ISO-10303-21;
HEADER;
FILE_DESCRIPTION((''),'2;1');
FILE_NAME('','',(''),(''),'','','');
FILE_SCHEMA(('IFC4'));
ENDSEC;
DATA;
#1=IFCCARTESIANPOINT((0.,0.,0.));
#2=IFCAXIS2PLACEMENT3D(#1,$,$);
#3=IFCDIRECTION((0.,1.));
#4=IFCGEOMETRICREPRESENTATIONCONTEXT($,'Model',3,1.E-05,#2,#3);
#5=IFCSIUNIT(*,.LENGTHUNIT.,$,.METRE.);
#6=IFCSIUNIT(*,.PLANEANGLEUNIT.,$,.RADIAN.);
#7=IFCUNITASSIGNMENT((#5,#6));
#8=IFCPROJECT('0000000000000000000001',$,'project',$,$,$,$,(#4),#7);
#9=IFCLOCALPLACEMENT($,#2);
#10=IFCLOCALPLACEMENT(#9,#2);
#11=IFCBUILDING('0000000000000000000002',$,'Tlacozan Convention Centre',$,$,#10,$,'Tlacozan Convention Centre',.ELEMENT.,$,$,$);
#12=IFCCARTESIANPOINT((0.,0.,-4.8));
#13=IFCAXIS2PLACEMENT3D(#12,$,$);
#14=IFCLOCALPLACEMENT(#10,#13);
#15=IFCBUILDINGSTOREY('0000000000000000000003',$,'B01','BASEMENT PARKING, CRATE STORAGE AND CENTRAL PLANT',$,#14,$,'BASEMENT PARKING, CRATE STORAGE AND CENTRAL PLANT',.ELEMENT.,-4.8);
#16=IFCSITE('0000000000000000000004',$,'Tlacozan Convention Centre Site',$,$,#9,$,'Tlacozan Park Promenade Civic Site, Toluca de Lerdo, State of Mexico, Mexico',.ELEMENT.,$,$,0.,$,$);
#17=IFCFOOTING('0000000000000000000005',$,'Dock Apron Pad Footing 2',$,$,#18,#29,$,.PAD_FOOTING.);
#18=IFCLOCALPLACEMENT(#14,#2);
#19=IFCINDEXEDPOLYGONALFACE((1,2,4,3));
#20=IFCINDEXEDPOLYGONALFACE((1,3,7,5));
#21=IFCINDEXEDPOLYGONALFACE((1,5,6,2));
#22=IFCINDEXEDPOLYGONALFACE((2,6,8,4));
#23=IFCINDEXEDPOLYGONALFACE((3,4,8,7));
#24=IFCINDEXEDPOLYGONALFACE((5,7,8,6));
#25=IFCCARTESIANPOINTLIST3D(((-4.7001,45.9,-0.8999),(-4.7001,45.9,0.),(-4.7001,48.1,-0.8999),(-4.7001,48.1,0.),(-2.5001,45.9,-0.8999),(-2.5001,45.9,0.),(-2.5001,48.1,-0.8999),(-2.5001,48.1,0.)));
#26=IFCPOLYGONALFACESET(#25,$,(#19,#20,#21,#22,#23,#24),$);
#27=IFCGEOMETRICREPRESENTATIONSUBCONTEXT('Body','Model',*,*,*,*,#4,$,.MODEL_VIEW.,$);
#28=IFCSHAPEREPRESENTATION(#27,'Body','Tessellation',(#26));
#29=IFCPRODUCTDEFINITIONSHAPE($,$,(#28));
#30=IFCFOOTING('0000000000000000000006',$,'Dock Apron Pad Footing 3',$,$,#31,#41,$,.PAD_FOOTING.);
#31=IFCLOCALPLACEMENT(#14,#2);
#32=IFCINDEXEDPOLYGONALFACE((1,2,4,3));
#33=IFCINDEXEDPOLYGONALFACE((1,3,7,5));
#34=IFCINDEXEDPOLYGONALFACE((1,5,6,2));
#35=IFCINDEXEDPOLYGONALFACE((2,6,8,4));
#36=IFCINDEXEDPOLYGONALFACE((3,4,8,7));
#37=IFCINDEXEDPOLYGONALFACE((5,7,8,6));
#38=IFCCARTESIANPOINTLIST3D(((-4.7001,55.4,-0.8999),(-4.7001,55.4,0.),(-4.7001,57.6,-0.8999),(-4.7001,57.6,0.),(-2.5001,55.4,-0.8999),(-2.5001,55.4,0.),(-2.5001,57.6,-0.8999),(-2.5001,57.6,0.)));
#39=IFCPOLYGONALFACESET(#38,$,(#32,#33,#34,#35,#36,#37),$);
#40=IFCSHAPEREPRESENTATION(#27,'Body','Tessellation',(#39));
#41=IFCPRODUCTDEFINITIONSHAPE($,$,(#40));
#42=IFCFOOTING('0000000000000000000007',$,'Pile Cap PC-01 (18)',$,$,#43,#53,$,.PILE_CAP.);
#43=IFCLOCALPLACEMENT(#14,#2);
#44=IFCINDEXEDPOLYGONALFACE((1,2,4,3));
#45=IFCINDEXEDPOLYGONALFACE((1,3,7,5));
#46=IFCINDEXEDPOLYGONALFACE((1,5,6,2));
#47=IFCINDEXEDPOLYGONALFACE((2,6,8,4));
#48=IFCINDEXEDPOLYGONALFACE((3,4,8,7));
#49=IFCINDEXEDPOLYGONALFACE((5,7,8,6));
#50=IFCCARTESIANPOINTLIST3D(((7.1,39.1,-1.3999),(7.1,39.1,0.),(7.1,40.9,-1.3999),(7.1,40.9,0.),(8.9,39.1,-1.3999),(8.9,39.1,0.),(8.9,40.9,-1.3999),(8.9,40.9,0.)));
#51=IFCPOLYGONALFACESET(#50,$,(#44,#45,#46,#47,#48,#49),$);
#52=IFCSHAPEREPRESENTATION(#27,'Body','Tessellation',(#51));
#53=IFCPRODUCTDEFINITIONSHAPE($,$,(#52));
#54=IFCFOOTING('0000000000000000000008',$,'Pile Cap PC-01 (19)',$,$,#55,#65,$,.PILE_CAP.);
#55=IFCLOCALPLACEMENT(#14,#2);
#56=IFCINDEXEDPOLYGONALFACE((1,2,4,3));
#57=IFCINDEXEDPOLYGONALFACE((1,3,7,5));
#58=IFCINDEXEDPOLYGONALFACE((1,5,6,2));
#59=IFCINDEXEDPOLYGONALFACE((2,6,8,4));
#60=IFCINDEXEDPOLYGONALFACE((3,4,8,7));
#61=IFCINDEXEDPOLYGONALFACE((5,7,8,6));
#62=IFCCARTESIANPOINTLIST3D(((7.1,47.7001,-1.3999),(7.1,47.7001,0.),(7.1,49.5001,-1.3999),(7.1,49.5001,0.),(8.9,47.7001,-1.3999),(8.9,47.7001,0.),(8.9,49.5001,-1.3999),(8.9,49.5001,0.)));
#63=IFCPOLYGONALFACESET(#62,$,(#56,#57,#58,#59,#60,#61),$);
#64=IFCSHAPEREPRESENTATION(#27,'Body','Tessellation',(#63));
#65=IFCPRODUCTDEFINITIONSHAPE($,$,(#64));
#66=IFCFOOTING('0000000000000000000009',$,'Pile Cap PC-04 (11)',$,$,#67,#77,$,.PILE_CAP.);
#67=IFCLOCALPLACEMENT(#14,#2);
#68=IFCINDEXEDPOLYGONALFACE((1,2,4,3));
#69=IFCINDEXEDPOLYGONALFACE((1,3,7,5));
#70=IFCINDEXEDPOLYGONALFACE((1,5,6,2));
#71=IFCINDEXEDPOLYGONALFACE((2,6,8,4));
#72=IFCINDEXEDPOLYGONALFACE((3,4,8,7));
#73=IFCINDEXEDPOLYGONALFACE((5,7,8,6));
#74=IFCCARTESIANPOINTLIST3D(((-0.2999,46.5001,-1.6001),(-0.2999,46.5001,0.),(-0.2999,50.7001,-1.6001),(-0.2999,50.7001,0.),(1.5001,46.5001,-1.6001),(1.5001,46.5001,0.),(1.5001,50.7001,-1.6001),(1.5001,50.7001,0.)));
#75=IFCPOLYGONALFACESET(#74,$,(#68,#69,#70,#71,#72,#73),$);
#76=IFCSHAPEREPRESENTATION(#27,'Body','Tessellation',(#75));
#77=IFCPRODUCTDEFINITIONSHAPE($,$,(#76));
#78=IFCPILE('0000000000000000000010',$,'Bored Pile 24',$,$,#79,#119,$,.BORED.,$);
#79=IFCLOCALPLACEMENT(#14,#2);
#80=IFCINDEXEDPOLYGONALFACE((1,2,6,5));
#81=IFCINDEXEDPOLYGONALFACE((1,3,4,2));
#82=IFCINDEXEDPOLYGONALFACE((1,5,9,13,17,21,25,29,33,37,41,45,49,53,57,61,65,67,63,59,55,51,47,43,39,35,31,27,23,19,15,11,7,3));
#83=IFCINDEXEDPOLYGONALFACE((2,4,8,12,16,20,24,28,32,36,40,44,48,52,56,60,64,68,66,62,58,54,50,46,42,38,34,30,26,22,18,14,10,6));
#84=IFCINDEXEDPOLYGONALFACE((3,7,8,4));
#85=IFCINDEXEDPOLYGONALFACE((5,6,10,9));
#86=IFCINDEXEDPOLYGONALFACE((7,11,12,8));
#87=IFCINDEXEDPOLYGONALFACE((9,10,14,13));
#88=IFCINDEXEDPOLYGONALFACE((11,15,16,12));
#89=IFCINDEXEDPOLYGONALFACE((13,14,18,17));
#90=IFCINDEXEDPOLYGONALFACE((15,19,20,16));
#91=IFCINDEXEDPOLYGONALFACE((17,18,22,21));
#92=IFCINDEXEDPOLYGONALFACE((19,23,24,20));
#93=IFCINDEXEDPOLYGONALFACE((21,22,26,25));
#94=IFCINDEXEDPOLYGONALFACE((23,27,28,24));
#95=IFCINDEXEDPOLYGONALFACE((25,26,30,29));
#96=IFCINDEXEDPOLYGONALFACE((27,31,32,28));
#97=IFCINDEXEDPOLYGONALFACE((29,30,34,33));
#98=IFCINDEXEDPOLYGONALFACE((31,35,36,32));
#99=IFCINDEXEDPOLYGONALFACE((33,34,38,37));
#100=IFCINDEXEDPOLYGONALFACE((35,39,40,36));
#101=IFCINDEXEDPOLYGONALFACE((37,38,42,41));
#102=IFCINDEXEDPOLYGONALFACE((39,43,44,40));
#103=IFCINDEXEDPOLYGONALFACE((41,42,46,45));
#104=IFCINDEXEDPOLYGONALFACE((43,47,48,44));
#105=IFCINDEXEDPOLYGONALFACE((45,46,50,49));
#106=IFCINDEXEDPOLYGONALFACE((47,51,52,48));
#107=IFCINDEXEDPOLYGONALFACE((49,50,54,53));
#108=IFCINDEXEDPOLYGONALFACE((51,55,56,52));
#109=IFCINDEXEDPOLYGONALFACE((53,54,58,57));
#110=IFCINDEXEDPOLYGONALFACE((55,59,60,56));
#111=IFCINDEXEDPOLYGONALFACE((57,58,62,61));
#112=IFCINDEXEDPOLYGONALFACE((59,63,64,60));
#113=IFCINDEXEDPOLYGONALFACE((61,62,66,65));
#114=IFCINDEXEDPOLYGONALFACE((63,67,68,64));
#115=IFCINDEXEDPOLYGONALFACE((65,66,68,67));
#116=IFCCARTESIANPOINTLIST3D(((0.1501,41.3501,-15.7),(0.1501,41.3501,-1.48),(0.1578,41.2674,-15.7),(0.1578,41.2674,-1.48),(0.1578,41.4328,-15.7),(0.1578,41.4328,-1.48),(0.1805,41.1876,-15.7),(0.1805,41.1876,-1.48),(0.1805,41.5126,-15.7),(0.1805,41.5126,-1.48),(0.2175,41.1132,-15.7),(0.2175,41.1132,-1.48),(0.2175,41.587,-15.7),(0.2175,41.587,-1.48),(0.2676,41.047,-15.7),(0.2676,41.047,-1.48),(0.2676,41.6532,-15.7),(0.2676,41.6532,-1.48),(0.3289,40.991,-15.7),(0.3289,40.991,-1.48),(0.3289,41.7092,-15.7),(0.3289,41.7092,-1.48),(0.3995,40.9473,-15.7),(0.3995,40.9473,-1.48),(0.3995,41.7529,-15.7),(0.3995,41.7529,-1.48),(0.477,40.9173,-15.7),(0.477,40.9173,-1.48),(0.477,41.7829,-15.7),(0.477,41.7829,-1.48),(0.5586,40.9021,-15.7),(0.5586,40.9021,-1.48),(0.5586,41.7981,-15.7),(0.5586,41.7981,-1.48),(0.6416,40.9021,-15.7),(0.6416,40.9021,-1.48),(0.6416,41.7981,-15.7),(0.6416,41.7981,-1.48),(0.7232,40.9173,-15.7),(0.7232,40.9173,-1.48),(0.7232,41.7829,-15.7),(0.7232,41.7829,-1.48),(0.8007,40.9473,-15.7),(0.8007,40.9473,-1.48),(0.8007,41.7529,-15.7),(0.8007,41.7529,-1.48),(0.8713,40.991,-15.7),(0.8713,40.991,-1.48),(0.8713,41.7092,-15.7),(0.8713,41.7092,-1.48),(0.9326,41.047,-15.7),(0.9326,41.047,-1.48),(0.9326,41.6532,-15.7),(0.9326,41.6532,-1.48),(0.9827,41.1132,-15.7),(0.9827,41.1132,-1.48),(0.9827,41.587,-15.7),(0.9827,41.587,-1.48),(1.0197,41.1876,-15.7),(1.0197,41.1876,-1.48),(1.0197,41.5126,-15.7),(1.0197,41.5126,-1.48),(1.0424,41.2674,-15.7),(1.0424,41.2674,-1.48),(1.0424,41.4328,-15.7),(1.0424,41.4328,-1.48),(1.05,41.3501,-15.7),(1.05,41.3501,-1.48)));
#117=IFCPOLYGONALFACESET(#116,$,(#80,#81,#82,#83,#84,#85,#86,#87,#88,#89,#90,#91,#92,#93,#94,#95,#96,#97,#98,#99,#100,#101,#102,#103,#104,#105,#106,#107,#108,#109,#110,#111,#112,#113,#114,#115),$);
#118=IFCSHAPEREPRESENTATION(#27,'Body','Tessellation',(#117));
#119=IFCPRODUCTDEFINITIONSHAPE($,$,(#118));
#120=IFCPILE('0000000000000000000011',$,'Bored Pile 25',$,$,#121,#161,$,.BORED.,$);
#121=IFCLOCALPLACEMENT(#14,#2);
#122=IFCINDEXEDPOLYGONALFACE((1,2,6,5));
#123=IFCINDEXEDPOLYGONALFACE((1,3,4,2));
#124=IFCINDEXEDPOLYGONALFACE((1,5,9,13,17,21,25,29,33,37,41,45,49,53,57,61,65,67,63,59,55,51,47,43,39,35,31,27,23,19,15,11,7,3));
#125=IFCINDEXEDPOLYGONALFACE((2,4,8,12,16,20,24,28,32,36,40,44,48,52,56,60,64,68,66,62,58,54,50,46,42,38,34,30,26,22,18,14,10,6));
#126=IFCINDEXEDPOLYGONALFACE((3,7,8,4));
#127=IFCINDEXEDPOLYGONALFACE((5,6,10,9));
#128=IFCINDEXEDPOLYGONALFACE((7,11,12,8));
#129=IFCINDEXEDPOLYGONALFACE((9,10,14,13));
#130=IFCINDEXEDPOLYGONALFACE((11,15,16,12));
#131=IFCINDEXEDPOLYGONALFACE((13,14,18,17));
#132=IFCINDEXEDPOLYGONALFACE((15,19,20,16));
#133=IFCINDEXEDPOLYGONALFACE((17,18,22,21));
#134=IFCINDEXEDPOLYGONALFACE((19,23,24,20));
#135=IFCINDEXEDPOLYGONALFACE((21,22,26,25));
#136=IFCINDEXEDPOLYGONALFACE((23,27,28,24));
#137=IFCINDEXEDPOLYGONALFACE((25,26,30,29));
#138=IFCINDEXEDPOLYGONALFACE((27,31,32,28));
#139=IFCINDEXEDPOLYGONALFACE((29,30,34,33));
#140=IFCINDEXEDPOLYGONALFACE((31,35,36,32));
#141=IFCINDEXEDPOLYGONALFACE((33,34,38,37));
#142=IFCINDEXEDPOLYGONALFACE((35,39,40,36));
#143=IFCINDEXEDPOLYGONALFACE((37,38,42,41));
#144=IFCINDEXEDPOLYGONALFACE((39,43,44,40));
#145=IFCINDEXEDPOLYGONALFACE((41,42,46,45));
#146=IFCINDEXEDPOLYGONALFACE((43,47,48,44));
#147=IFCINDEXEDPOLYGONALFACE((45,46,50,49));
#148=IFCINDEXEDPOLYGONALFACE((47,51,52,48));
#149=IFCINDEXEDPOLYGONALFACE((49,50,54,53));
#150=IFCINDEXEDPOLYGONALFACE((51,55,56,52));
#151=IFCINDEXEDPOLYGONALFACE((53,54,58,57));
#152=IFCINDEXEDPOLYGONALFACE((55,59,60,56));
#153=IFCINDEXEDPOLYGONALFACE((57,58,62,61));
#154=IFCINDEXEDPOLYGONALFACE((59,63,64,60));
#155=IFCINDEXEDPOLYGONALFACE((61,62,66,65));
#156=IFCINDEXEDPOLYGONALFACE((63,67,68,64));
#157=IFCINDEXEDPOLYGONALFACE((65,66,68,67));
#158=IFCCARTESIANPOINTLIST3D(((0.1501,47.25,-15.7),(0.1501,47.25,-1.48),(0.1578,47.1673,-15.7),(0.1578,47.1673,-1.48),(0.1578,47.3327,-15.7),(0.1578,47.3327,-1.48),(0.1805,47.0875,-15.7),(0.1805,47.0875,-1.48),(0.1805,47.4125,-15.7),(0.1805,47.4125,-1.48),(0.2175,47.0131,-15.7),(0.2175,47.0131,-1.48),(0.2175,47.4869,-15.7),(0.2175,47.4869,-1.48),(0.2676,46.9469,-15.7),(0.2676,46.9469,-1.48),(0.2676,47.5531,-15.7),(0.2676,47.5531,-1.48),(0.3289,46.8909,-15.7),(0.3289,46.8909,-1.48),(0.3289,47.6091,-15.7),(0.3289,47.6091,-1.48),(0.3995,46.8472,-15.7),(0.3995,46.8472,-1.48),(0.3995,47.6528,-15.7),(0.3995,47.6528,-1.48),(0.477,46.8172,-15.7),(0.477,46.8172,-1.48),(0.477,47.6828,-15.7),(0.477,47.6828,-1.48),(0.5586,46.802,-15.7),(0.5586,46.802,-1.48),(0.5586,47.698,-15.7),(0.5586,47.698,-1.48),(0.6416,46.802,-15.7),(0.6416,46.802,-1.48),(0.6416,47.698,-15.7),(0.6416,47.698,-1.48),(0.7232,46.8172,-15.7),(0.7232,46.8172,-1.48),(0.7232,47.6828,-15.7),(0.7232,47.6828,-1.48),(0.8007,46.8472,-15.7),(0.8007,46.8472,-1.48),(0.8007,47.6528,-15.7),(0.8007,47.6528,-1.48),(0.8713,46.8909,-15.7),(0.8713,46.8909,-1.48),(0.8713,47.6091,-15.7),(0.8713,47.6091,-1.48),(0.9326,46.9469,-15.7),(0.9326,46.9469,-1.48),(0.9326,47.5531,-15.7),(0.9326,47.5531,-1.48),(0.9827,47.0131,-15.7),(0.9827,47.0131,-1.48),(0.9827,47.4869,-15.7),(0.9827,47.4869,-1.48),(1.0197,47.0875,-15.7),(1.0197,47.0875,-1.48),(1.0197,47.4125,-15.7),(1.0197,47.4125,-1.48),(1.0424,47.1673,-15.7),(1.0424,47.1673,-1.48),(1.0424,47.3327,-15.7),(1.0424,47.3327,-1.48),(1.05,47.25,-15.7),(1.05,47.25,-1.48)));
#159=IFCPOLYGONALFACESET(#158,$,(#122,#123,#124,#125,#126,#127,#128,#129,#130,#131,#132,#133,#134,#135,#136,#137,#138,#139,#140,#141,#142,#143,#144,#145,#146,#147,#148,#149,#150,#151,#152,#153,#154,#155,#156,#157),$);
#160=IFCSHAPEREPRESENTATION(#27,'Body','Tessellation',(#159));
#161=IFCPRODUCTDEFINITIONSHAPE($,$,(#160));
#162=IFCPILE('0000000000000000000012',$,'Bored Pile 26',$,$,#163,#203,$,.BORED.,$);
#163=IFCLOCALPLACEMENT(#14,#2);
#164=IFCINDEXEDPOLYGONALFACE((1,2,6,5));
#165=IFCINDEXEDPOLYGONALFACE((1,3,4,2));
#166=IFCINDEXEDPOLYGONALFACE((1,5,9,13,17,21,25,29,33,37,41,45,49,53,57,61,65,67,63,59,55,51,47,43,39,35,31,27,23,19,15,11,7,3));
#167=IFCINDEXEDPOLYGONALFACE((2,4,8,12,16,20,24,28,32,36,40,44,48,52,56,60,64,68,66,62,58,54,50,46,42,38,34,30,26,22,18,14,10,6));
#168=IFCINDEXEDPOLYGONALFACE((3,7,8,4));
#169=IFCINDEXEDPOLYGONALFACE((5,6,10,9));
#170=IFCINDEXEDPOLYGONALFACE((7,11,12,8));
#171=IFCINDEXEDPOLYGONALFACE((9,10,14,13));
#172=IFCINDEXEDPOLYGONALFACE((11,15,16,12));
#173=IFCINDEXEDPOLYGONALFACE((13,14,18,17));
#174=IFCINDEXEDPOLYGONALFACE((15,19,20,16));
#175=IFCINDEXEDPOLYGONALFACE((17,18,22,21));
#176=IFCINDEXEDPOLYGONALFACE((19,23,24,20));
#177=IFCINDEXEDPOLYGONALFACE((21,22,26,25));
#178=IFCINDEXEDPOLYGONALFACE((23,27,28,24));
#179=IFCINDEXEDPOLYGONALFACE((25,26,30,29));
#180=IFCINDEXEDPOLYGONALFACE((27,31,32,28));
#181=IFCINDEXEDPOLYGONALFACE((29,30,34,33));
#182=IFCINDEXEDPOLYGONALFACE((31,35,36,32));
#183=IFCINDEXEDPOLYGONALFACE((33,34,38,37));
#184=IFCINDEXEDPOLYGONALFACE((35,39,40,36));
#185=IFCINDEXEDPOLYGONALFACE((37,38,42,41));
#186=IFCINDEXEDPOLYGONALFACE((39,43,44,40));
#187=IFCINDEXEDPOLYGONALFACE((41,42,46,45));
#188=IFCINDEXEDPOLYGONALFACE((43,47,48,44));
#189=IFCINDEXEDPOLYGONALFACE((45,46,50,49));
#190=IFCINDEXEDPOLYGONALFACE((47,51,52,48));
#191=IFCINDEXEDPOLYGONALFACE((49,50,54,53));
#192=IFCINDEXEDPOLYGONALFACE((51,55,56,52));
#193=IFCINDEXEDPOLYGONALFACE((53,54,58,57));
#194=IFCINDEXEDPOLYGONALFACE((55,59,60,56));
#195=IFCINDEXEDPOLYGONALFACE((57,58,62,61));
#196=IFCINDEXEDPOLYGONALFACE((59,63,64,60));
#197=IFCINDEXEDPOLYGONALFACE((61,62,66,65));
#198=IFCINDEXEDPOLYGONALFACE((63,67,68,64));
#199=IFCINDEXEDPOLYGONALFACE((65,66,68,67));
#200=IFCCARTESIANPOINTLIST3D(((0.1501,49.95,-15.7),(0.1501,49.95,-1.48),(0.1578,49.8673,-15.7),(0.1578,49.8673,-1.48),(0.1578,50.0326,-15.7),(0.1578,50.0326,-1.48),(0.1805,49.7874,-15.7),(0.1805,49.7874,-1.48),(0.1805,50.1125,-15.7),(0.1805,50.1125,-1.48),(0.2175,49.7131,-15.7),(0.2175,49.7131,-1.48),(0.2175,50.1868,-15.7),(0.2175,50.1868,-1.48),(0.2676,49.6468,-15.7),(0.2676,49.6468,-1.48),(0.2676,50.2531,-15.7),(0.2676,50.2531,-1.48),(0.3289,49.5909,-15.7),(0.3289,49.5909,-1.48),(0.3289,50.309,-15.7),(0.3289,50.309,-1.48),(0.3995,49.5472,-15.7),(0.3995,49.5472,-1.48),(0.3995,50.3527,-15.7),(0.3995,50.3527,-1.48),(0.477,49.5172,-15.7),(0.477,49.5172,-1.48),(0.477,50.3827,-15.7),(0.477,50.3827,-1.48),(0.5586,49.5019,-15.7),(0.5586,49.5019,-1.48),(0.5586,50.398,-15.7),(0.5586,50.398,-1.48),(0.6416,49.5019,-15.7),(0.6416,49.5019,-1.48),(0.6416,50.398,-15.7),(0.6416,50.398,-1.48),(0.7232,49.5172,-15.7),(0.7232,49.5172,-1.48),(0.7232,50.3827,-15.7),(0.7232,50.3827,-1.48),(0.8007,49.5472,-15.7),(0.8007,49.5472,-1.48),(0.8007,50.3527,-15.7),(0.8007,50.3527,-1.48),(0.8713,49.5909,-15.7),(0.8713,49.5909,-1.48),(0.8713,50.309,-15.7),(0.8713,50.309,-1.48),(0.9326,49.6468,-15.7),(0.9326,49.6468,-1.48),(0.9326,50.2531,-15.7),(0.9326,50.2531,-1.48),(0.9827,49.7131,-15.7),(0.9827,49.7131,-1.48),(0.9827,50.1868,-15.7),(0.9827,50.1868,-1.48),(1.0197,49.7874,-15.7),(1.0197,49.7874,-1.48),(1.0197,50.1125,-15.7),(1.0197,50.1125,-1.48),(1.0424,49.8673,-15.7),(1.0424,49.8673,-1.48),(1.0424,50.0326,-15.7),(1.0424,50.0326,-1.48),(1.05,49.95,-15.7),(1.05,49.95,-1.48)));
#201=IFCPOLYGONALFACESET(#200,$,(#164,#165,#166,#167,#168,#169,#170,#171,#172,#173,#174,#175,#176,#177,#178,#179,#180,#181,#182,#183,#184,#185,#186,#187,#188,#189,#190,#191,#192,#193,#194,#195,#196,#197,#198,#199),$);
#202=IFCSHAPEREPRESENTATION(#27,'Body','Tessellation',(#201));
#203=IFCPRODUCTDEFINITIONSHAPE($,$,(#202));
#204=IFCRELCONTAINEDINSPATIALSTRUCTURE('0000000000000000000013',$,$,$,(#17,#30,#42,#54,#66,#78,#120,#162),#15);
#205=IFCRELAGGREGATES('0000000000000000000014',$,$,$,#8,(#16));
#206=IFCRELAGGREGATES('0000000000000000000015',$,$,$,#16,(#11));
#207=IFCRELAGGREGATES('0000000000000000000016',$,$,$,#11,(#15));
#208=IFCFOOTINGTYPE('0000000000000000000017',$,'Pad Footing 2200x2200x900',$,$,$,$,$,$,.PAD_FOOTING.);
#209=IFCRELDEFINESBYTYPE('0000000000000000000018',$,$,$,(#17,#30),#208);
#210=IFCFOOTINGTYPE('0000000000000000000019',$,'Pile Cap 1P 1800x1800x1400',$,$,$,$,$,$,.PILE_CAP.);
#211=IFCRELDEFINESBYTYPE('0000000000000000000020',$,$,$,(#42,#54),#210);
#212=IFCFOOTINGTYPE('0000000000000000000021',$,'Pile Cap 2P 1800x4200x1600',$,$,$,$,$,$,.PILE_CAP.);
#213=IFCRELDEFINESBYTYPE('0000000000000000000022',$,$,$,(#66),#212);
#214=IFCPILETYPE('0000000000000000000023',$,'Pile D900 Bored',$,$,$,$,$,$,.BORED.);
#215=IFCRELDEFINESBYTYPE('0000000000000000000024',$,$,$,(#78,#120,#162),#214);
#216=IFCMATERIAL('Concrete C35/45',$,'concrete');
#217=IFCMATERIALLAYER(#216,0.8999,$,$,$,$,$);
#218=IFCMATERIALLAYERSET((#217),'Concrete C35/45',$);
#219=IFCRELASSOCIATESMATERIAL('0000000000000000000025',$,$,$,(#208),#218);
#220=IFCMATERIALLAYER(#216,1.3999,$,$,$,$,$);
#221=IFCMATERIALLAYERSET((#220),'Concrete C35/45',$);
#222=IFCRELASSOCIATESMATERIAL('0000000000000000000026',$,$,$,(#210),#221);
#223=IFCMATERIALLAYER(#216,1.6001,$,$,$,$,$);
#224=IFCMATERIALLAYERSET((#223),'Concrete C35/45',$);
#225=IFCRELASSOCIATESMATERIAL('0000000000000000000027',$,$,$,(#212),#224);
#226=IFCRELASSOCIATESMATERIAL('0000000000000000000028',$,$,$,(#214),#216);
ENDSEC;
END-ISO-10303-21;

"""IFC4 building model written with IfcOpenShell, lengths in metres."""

from ifc_helpers import new_model, si_unit, direction, frame, origin, origin_2d, place, context, subcontext, project, spatial, rectangle, circle, extrude, material, layer, layer_set, material_profile, profile_set, type_object, element, save


model = new_model("IFC4")

# Units and contexts
model_context = context("Model", 3, precision=1e-05, world=origin(), true_north=direction((0.0, 1.0)))
body_context = subcontext(model_context, "Body", "Model", "MODEL_VIEW")
ifc_project = project(units=[si_unit("LENGTHUNIT", "METRE"), si_unit("PLANEANGLEUNIT", "RADIAN")], contexts=[model_context])

# Site, building, storey
site_placement = place(None, origin())
site = spatial("IfcSite", under=ifc_project, at=site_placement, Name="Tlacozan Convention Centre Site", LongName="Tlacozan Park Promenade Civic Site, Toluca de Lerdo, State of Mexico, Mexico", CompositionType="ELEMENT", RefElevation=0.0)
building_placement = place(site_placement, origin())
building = spatial("IfcBuilding", under=site, at=building_placement, Name="Tlacozan Convention Centre", LongName="Tlacozan Convention Centre", CompositionType="ELEMENT")
storey_placement = place(building_placement, frame((0.0, 0.0, -4.8)))
storey = spatial("IfcBuildingStorey", under=building, at=storey_placement, Name="B01", Description="BASEMENT PARKING, CRATE STORAGE AND CENTRAL PLANT", LongName="BASEMENT PARKING, CRATE STORAGE AND CENTRAL PLANT", CompositionType="ELEMENT", Elevation=-4.8)

# Footings
ifc_material_1 = material(Name="Concrete C35/45", Category="concrete")
ifc_layer_1 = layer(ifc_material_1, 0.8999)
ifc_layer_set_1 = layer_set([ifc_layer_1], Name="Concrete C35/45")
footing_type_1 = type_object("IfcFootingType", Name="Pad Footing 2200x2200x900", PredefinedType="PAD_FOOTING", material=ifc_layer_set_1)
for number, where, z_axis, x_axis, name in (
    (1, (-3.6001, 47.0, -0.8999), (0.0, 0.0, 1.0), (1.0, 0.0, 0.0), "Dock Apron Pad Footing 2"),
    (2, (-3.6001, 56.5, -0.8999), (0.0, 0.0, 1.0), (1.0, 0.0, 0.0), "Dock Apron Pad Footing 3"),
):
    element("IfcFooting", number, at=place(storey_placement, frame(where, z_axis=z_axis, x_axis=x_axis)), inside=storey, type_object=footing_type_1, Name=name, PredefinedType="PAD_FOOTING", context=body_context, shape_type="SweptSolid", body=[
        extrude(rectangle(XDim=2.2, YDim=2.2, at=origin_2d()), origin(), (0.0, 0.0, 1.0), 0.8999),
    ])
ifc_layer_2 = layer(ifc_material_1, 1.3999)
ifc_layer_set_2 = layer_set([ifc_layer_2], Name="Concrete C35/45")
footing_type_2 = type_object("IfcFootingType", Name="Pile Cap 1P 1800x1800x1400", PredefinedType="PILE_CAP", material=ifc_layer_set_2)
for number, where, z_axis, x_axis, name in (
    (3, (8.0, 40.0, -1.3999), (0.0, 0.0, 1.0), (1.0, 0.0, 0.0), "Pile Cap PC-01 (18)"),
    (4, (8.0, 48.6001, -1.3999), (0.0, 0.0, 1.0), (1.0, 0.0, 0.0), "Pile Cap PC-01 (19)"),
):
    element("IfcFooting", number, at=place(storey_placement, frame(where, z_axis=z_axis, x_axis=x_axis)), inside=storey, type_object=footing_type_2, Name=name, PredefinedType="PILE_CAP", context=body_context, shape_type="SweptSolid", body=[
        extrude(rectangle(XDim=1.8, YDim=1.8, at=origin_2d()), origin(), (0.0, 0.0, 1.0), 1.3999),
    ])
ifc_layer_3 = layer(ifc_material_1, 1.6001)
ifc_layer_set_3 = layer_set([ifc_layer_3], Name="Concrete C35/45")
footing_type_3 = type_object("IfcFootingType", Name="Pile Cap 2P 1800x4200x1600", PredefinedType="PILE_CAP", material=ifc_layer_set_3)
footing_placement = place(storey_placement, frame((0.6001, 48.6001, -1.6001), z_axis=(0.0, 0.0, 1.0), x_axis=(1.0, 0.0, 0.0)))
element("IfcFooting", 5, at=footing_placement, inside=storey, type_object=footing_type_3, Name="Pile Cap PC-04 (11)", PredefinedType="PILE_CAP", context=body_context, shape_type="SweptSolid", body=[
    extrude(rectangle(XDim=1.8, YDim=4.2, at=origin_2d()), origin(), (0.0, 0.0, 1.0), 1.6001),
])

# Piles
ifc_material_profile_1 = material_profile(ifc_material_1, circle(Radius=0.45, at=origin_2d()), Name="PILE D900")
ifc_profile_set_1 = profile_set([ifc_material_profile_1], Name="Concrete C35/45")
pile_type = type_object("IfcPileType", Name="Pile D900 Bored", PredefinedType="BORED", material=ifc_profile_set_1)
for number, where, z_axis, x_axis, name in (
    (6, (0.6001, 41.3501, -1.48), (0.0, 0.0, -1.0), (1.0, 0.0, 0.0), "Bored Pile 24"),
    (7, (0.6001, 47.25, -1.48), (0.0, 0.0, -1.0), (1.0, 0.0, 0.0), "Bored Pile 25"),
    (8, (0.6001, 49.95, -1.48), (0.0, 0.0, -1.0), (1.0, 0.0, 0.0), "Bored Pile 26"),
):
    element("IfcPile", number, at=place(storey_placement, frame(where, z_axis=z_axis, x_axis=x_axis)), inside=storey, type_object=pile_type, Name=name, PredefinedType="BORED", context=body_context, shape_type="SweptSolid", body=[
        extrude(circle(Radius=0.45, at=origin_2d()), origin(), (0.0, 0.0, 1.0), 14.22),
    ])

save(model, "model.ifc")
